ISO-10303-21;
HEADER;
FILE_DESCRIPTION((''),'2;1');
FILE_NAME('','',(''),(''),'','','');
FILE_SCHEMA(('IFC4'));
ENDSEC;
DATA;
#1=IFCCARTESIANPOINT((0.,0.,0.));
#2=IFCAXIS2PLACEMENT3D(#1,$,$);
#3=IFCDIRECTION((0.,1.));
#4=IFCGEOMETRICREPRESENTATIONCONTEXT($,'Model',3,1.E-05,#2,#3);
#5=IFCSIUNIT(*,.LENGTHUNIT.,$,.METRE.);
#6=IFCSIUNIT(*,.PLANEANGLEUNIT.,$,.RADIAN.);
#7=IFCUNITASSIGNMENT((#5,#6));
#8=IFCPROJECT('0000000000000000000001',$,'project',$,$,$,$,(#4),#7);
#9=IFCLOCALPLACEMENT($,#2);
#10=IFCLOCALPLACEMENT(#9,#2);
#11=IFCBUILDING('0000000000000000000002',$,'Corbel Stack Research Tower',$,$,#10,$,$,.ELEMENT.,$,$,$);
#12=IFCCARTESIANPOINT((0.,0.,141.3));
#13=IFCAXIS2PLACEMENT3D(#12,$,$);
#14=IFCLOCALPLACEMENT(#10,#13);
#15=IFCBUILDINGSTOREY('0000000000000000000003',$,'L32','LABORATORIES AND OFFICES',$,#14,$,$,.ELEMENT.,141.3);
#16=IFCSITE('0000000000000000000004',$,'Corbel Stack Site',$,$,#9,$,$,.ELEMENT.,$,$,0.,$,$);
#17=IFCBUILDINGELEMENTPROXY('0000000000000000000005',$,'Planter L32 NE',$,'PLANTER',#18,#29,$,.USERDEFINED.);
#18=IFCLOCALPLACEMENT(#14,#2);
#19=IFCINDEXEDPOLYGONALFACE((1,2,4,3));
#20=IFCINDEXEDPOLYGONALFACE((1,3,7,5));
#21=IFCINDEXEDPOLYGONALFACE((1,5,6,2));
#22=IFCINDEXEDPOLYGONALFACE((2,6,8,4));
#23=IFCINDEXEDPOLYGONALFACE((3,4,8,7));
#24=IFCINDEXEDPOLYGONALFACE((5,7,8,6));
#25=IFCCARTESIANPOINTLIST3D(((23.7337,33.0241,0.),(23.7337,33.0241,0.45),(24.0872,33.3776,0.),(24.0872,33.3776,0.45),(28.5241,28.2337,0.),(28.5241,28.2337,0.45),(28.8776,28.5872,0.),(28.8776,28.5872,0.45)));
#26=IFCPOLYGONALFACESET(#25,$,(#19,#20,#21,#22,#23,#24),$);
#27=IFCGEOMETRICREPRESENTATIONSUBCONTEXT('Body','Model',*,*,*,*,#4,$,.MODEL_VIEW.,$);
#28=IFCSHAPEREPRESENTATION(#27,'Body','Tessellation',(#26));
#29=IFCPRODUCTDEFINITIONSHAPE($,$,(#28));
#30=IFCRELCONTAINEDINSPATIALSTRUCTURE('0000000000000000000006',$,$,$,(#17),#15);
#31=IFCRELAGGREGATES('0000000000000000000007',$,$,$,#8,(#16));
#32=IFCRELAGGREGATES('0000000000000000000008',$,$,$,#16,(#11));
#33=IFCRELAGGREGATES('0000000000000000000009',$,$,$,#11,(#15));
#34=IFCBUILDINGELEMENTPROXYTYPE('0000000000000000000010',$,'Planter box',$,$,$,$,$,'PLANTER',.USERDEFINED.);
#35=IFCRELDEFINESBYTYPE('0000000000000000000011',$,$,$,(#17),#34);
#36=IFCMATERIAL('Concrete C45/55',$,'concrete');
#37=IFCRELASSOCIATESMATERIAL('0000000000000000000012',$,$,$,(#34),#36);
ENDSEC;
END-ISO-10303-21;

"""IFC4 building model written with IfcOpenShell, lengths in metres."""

from ifc_helpers import new_model, si_unit, direction, frame, origin, origin_2d, place, context, subcontext, project, spatial, rectangle, extrude, material, type_object, element, save


model = new_model("IFC4")

# Units and contexts
model_context = context("Model", 3, precision=1e-05, world=origin(), true_north=direction((0.0, 1.0)))
body_context = subcontext(model_context, "Body", "Model", "MODEL_VIEW")
ifc_project = project(units=[si_unit("LENGTHUNIT", "METRE"), si_unit("PLANEANGLEUNIT", "RADIAN")], contexts=[model_context])

# Site, building, storey
site_placement = place(None, origin())
site = spatial("IfcSite", under=ifc_project, at=site_placement, Name="Corbel Stack Site", CompositionType="ELEMENT", RefElevation=0.0)
building_placement = place(site_placement, origin())
building = spatial("IfcBuilding", under=site, at=building_placement, Name="Corbel Stack Research Tower", CompositionType="ELEMENT")
storey_placement = place(building_placement, frame((0.0, 0.0, 141.3)))
storey = spatial("IfcBuildingStorey", under=building, at=storey_placement, Name="L32", Description="LABORATORIES AND OFFICES", CompositionType="ELEMENT", Elevation=141.3)

# Building element proxy
ifc_material_1 = material(Name="Concrete C45/55", Category="concrete")
building_element_proxy_type = type_object("IfcBuildingElementProxyType", Name="Planter box", ElementType="PLANTER", PredefinedType="USERDEFINED", material=ifc_material_1)
proxy_placement = place(storey_placement, frame((26.3057, 30.8057, 0.0), z_axis=(0.0, 0.0, 1.0), x_axis=(-0.707107, 0.707107, 0.0)))
element("IfcBuildingElementProxy", 1, at=proxy_placement, inside=storey, type_object=building_element_proxy_type, Name="Planter L32 NE", ObjectType="PLANTER", PredefinedType="USERDEFINED", context=body_context, shape_type="SweptSolid", body=[
    extrude(rectangle(XDim=6.7747, YDim=0.5, at=origin_2d()), origin(), (0.0, 0.0, 1.0), 0.45),
])

save(model, "model.ifc")
